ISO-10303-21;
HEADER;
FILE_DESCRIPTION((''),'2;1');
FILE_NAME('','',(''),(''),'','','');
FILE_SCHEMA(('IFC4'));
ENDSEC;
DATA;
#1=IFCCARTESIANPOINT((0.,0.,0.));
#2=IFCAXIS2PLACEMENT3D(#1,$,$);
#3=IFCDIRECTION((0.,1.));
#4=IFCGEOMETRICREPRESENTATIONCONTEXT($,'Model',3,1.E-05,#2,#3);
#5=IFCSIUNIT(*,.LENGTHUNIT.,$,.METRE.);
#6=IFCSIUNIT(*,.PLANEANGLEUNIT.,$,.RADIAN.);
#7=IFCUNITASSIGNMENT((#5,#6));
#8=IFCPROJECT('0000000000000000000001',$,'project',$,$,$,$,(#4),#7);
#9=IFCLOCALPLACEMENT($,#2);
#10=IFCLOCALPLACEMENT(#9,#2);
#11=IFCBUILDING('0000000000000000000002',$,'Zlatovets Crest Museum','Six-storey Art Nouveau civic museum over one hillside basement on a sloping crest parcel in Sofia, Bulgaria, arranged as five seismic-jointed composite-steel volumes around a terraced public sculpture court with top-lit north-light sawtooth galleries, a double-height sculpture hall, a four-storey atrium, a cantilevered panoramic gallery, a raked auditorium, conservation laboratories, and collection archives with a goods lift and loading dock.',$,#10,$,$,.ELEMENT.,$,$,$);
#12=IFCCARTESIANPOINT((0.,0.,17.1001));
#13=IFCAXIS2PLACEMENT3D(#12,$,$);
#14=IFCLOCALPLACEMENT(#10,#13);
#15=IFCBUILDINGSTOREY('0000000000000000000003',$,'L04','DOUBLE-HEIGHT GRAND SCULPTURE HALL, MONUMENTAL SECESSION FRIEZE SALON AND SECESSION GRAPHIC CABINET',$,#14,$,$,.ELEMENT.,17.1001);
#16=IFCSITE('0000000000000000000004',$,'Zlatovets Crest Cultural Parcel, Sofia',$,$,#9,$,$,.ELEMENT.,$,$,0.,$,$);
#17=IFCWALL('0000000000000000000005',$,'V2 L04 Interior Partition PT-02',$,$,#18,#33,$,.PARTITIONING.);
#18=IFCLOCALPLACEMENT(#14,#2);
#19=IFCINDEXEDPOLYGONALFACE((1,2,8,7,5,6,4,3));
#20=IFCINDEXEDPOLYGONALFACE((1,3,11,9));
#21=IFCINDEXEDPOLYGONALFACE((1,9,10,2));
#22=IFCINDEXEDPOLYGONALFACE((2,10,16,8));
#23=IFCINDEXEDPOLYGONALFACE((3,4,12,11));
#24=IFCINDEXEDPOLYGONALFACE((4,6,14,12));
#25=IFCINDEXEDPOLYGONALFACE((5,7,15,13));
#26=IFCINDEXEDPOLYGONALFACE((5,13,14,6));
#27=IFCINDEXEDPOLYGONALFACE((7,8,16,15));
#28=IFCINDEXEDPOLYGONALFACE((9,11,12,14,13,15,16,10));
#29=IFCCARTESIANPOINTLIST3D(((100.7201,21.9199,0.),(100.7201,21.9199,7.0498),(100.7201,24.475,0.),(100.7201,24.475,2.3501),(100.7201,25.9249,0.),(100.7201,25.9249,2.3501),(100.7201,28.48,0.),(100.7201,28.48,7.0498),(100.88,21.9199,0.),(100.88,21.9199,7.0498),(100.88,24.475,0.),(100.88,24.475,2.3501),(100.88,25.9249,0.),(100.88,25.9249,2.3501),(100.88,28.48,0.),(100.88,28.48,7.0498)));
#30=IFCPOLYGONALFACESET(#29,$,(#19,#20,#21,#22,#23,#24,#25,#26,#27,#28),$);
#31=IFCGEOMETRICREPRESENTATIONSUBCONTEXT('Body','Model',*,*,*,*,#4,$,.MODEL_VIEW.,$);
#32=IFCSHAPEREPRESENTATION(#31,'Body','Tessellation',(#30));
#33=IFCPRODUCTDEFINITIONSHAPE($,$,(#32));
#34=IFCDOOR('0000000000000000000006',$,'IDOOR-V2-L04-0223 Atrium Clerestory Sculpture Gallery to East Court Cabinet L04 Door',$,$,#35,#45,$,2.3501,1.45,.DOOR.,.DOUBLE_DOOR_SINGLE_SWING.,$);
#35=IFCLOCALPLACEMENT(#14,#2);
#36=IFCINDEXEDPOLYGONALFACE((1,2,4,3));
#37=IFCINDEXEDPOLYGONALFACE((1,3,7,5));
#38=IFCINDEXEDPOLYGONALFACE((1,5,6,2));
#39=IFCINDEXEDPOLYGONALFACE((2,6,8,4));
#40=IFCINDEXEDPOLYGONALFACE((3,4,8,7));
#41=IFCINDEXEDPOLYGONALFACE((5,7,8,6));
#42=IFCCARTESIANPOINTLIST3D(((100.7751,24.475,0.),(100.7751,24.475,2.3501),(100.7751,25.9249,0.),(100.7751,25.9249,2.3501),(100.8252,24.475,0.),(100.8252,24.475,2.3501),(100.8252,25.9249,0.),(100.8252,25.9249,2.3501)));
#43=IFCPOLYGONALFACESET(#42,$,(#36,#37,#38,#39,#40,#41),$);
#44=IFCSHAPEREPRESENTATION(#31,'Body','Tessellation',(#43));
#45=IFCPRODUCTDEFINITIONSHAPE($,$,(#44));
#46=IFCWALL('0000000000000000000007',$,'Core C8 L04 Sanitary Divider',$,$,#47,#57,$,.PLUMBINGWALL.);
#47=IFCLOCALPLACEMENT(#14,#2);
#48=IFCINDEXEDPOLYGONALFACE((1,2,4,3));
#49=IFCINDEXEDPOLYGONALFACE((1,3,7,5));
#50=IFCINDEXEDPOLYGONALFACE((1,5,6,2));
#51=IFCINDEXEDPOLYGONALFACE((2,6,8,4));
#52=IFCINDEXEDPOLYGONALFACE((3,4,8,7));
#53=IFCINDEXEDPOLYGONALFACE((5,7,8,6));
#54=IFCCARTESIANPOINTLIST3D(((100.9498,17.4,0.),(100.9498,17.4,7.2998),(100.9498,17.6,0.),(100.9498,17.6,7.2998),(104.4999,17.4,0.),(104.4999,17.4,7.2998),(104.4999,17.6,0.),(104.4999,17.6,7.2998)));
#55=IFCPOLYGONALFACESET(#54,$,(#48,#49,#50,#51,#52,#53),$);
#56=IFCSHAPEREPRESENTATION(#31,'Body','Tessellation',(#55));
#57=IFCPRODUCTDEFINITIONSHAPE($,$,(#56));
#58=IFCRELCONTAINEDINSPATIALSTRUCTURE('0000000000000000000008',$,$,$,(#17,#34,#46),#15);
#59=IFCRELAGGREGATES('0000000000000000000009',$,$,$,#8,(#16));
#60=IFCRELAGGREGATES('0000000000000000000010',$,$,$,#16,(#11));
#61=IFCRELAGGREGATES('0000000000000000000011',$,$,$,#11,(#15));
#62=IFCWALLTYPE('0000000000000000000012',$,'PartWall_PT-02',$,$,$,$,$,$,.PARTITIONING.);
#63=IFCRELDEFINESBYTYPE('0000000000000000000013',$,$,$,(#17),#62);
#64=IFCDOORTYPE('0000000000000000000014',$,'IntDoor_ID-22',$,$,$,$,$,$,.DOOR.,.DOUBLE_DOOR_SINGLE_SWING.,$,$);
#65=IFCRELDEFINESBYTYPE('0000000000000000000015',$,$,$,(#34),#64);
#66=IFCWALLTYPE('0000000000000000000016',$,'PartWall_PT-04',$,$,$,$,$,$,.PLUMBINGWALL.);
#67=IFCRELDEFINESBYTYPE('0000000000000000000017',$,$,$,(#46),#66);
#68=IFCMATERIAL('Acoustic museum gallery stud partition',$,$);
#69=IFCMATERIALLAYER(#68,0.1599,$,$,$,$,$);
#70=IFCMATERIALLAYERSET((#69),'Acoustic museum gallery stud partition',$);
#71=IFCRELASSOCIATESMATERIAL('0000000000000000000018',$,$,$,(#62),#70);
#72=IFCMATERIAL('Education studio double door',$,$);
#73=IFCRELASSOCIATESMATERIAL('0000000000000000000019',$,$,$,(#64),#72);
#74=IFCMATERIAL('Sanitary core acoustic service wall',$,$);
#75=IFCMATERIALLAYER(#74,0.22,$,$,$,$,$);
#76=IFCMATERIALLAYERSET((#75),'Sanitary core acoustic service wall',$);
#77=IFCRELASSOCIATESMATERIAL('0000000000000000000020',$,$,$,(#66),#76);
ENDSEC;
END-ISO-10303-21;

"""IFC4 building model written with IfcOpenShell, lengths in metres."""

from ifc_helpers import new_model, si_unit, direction, frame, frame_2d, origin, place, context, subcontext, project, spatial, rectangle, extrude, material, layer, layer_set, type_object, element, fill, save


model = new_model("IFC4")

# Units and contexts
model_context = context("Model", 3, precision=1e-05, world=origin(), true_north=direction((0.0, 1.0)))
body_context = subcontext(model_context, "Body", "Model", "MODEL_VIEW")
ifc_project = project(units=[si_unit("LENGTHUNIT", "METRE"), si_unit("PLANEANGLEUNIT", "RADIAN")], contexts=[model_context])

# Site, building, storey
site_placement = place(None, origin())
site = spatial("IfcSite", under=ifc_project, at=site_placement, Name="Zlatovets Crest Cultural Parcel, Sofia", CompositionType="ELEMENT", RefElevation=0.0)
building_placement = place(site_placement, origin())
building = spatial("IfcBuilding", under=site, at=building_placement, Name="Zlatovets Crest Museum", Description="Six-storey Art Nouveau civic museum over one hillside basement on a sloping crest parcel in Sofia, Bulgaria, arranged as five seismic-jointed composite-steel volumes around a terraced public sculpture court with top-lit north-light sawtooth galleries, a double-height sculpture hall, a four-storey atrium, a cantilevered panoramic gallery, a raked auditorium, conservation laboratories, and collection archives with a goods lift and loading dock.", CompositionType="ELEMENT")
storey_placement = place(building_placement, frame((0.0, 0.0, 17.1001)))
storey = spatial("IfcBuildingStorey", under=building, at=storey_placement, Name="L04", Description="DOUBLE-HEIGHT GRAND SCULPTURE HALL, MONUMENTAL SECESSION FRIEZE SALON AND SECESSION GRAPHIC CABINET", CompositionType="ELEMENT", Elevation=17.1001)

# Wall, opening, door
ifc_material_1 = material(Name="Acoustic museum gallery stud partition")
ifc_layer_1 = layer(ifc_material_1, 0.1599)
ifc_layer_set_1 = layer_set([ifc_layer_1], Name="Acoustic museum gallery stud partition")
wall_type_1 = type_object("IfcWallType", Name="PartWall_PT-02", PredefinedType="PARTITIONING", material=ifc_layer_set_1)
wall_1_placement = place(storey_placement, frame((100.8, 21.9199, 0.0), z_axis=(0.0, 0.0, 1.0), x_axis=(0.0, 1.0, 0.0)))
wall_1 = element("IfcWall", 1, at=wall_1_placement, inside=storey, type_object=wall_type_1, Name="V2 L04 Interior Partition PT-02", PredefinedType="PARTITIONING", context=body_context, shape_type="SweptSolid", body=[
    extrude(rectangle(XDim=6.5601, YDim=0.1599, at=frame_2d((3.28, 0.0))), origin(), (0.0, 0.0, 1.0), 7.0498),
])
opening_placement = place(wall_1_placement, frame((2.5549, 0.0, 0.0)))
opening = element("IfcOpeningElement", 2, at=opening_placement, cuts=wall_1, PredefinedType="OPENING", context=body_context, shape_type="SweptSolid", body=[
    extrude(rectangle(XDim=1.45, YDim=2.3501, at=frame_2d((0.7251, 1.175))), frame((0.0, 0.0898, 0.0), z_axis=(0.0, -1.0, 0.0), x_axis=(1.0, 0.0, 0.0)), (0.0, 0.0, 1.0), 0.1799),
])
ifc_material_2 = material(Name="Education studio double door")
door_type = type_object("IfcDoorType", Name="IntDoor_ID-22", OperationType="DOUBLE_DOOR_SINGLE_SWING", PredefinedType="DOOR", material=ifc_material_2)
door_placement = place(opening_placement, origin())
door = element("IfcDoor", 3, at=door_placement, inside=storey, type_object=door_type, Name="IDOOR-V2-L04-0223 Atrium Clerestory Sculpture Gallery to East Court Cabinet L04 Door", OperationType="DOUBLE_DOOR_SINGLE_SWING", OverallHeight=2.3501, OverallWidth=1.45, PredefinedType="DOOR", context=body_context, shape_type="SweptSolid", body=[
    extrude(rectangle(XDim=1.45, YDim=2.3501, at=frame_2d((0.7251, 1.175))), frame((0.0, 0.0249, 0.0), z_axis=(0.0, -1.0, 0.0), x_axis=(1.0, 0.0, 0.0)), (0.0, 0.0, 1.0), 0.05),
])
fill(opening, door)

# Wall
ifc_material_3 = material(Name="Sanitary core acoustic service wall")
ifc_layer_2 = layer(ifc_material_3, 0.22)
ifc_layer_set_2 = layer_set([ifc_layer_2], Name="Sanitary core acoustic service wall")
wall_type_2 = type_object("IfcWallType", Name="PartWall_PT-04", PredefinedType="PLUMBINGWALL", material=ifc_layer_set_2)
wall_2_placement = place(storey_placement, frame((100.95, 17.5, 0.0), z_axis=(0.0, 0.0, 1.0), x_axis=(1.0, 0.0, 0.0)))
element("IfcWall", 4, at=wall_2_placement, inside=storey, type_object=wall_type_2, Name="Core C8 L04 Sanitary Divider", PredefinedType="PLUMBINGWALL", context=body_context, shape_type="SweptSolid", body=[
    extrude(rectangle(XDim=3.55, YDim=0.2, at=frame_2d((1.7749, 0.0))), origin(), (0.0, 0.0, 1.0), 7.2998),
])

save(model, "model.ifc")
